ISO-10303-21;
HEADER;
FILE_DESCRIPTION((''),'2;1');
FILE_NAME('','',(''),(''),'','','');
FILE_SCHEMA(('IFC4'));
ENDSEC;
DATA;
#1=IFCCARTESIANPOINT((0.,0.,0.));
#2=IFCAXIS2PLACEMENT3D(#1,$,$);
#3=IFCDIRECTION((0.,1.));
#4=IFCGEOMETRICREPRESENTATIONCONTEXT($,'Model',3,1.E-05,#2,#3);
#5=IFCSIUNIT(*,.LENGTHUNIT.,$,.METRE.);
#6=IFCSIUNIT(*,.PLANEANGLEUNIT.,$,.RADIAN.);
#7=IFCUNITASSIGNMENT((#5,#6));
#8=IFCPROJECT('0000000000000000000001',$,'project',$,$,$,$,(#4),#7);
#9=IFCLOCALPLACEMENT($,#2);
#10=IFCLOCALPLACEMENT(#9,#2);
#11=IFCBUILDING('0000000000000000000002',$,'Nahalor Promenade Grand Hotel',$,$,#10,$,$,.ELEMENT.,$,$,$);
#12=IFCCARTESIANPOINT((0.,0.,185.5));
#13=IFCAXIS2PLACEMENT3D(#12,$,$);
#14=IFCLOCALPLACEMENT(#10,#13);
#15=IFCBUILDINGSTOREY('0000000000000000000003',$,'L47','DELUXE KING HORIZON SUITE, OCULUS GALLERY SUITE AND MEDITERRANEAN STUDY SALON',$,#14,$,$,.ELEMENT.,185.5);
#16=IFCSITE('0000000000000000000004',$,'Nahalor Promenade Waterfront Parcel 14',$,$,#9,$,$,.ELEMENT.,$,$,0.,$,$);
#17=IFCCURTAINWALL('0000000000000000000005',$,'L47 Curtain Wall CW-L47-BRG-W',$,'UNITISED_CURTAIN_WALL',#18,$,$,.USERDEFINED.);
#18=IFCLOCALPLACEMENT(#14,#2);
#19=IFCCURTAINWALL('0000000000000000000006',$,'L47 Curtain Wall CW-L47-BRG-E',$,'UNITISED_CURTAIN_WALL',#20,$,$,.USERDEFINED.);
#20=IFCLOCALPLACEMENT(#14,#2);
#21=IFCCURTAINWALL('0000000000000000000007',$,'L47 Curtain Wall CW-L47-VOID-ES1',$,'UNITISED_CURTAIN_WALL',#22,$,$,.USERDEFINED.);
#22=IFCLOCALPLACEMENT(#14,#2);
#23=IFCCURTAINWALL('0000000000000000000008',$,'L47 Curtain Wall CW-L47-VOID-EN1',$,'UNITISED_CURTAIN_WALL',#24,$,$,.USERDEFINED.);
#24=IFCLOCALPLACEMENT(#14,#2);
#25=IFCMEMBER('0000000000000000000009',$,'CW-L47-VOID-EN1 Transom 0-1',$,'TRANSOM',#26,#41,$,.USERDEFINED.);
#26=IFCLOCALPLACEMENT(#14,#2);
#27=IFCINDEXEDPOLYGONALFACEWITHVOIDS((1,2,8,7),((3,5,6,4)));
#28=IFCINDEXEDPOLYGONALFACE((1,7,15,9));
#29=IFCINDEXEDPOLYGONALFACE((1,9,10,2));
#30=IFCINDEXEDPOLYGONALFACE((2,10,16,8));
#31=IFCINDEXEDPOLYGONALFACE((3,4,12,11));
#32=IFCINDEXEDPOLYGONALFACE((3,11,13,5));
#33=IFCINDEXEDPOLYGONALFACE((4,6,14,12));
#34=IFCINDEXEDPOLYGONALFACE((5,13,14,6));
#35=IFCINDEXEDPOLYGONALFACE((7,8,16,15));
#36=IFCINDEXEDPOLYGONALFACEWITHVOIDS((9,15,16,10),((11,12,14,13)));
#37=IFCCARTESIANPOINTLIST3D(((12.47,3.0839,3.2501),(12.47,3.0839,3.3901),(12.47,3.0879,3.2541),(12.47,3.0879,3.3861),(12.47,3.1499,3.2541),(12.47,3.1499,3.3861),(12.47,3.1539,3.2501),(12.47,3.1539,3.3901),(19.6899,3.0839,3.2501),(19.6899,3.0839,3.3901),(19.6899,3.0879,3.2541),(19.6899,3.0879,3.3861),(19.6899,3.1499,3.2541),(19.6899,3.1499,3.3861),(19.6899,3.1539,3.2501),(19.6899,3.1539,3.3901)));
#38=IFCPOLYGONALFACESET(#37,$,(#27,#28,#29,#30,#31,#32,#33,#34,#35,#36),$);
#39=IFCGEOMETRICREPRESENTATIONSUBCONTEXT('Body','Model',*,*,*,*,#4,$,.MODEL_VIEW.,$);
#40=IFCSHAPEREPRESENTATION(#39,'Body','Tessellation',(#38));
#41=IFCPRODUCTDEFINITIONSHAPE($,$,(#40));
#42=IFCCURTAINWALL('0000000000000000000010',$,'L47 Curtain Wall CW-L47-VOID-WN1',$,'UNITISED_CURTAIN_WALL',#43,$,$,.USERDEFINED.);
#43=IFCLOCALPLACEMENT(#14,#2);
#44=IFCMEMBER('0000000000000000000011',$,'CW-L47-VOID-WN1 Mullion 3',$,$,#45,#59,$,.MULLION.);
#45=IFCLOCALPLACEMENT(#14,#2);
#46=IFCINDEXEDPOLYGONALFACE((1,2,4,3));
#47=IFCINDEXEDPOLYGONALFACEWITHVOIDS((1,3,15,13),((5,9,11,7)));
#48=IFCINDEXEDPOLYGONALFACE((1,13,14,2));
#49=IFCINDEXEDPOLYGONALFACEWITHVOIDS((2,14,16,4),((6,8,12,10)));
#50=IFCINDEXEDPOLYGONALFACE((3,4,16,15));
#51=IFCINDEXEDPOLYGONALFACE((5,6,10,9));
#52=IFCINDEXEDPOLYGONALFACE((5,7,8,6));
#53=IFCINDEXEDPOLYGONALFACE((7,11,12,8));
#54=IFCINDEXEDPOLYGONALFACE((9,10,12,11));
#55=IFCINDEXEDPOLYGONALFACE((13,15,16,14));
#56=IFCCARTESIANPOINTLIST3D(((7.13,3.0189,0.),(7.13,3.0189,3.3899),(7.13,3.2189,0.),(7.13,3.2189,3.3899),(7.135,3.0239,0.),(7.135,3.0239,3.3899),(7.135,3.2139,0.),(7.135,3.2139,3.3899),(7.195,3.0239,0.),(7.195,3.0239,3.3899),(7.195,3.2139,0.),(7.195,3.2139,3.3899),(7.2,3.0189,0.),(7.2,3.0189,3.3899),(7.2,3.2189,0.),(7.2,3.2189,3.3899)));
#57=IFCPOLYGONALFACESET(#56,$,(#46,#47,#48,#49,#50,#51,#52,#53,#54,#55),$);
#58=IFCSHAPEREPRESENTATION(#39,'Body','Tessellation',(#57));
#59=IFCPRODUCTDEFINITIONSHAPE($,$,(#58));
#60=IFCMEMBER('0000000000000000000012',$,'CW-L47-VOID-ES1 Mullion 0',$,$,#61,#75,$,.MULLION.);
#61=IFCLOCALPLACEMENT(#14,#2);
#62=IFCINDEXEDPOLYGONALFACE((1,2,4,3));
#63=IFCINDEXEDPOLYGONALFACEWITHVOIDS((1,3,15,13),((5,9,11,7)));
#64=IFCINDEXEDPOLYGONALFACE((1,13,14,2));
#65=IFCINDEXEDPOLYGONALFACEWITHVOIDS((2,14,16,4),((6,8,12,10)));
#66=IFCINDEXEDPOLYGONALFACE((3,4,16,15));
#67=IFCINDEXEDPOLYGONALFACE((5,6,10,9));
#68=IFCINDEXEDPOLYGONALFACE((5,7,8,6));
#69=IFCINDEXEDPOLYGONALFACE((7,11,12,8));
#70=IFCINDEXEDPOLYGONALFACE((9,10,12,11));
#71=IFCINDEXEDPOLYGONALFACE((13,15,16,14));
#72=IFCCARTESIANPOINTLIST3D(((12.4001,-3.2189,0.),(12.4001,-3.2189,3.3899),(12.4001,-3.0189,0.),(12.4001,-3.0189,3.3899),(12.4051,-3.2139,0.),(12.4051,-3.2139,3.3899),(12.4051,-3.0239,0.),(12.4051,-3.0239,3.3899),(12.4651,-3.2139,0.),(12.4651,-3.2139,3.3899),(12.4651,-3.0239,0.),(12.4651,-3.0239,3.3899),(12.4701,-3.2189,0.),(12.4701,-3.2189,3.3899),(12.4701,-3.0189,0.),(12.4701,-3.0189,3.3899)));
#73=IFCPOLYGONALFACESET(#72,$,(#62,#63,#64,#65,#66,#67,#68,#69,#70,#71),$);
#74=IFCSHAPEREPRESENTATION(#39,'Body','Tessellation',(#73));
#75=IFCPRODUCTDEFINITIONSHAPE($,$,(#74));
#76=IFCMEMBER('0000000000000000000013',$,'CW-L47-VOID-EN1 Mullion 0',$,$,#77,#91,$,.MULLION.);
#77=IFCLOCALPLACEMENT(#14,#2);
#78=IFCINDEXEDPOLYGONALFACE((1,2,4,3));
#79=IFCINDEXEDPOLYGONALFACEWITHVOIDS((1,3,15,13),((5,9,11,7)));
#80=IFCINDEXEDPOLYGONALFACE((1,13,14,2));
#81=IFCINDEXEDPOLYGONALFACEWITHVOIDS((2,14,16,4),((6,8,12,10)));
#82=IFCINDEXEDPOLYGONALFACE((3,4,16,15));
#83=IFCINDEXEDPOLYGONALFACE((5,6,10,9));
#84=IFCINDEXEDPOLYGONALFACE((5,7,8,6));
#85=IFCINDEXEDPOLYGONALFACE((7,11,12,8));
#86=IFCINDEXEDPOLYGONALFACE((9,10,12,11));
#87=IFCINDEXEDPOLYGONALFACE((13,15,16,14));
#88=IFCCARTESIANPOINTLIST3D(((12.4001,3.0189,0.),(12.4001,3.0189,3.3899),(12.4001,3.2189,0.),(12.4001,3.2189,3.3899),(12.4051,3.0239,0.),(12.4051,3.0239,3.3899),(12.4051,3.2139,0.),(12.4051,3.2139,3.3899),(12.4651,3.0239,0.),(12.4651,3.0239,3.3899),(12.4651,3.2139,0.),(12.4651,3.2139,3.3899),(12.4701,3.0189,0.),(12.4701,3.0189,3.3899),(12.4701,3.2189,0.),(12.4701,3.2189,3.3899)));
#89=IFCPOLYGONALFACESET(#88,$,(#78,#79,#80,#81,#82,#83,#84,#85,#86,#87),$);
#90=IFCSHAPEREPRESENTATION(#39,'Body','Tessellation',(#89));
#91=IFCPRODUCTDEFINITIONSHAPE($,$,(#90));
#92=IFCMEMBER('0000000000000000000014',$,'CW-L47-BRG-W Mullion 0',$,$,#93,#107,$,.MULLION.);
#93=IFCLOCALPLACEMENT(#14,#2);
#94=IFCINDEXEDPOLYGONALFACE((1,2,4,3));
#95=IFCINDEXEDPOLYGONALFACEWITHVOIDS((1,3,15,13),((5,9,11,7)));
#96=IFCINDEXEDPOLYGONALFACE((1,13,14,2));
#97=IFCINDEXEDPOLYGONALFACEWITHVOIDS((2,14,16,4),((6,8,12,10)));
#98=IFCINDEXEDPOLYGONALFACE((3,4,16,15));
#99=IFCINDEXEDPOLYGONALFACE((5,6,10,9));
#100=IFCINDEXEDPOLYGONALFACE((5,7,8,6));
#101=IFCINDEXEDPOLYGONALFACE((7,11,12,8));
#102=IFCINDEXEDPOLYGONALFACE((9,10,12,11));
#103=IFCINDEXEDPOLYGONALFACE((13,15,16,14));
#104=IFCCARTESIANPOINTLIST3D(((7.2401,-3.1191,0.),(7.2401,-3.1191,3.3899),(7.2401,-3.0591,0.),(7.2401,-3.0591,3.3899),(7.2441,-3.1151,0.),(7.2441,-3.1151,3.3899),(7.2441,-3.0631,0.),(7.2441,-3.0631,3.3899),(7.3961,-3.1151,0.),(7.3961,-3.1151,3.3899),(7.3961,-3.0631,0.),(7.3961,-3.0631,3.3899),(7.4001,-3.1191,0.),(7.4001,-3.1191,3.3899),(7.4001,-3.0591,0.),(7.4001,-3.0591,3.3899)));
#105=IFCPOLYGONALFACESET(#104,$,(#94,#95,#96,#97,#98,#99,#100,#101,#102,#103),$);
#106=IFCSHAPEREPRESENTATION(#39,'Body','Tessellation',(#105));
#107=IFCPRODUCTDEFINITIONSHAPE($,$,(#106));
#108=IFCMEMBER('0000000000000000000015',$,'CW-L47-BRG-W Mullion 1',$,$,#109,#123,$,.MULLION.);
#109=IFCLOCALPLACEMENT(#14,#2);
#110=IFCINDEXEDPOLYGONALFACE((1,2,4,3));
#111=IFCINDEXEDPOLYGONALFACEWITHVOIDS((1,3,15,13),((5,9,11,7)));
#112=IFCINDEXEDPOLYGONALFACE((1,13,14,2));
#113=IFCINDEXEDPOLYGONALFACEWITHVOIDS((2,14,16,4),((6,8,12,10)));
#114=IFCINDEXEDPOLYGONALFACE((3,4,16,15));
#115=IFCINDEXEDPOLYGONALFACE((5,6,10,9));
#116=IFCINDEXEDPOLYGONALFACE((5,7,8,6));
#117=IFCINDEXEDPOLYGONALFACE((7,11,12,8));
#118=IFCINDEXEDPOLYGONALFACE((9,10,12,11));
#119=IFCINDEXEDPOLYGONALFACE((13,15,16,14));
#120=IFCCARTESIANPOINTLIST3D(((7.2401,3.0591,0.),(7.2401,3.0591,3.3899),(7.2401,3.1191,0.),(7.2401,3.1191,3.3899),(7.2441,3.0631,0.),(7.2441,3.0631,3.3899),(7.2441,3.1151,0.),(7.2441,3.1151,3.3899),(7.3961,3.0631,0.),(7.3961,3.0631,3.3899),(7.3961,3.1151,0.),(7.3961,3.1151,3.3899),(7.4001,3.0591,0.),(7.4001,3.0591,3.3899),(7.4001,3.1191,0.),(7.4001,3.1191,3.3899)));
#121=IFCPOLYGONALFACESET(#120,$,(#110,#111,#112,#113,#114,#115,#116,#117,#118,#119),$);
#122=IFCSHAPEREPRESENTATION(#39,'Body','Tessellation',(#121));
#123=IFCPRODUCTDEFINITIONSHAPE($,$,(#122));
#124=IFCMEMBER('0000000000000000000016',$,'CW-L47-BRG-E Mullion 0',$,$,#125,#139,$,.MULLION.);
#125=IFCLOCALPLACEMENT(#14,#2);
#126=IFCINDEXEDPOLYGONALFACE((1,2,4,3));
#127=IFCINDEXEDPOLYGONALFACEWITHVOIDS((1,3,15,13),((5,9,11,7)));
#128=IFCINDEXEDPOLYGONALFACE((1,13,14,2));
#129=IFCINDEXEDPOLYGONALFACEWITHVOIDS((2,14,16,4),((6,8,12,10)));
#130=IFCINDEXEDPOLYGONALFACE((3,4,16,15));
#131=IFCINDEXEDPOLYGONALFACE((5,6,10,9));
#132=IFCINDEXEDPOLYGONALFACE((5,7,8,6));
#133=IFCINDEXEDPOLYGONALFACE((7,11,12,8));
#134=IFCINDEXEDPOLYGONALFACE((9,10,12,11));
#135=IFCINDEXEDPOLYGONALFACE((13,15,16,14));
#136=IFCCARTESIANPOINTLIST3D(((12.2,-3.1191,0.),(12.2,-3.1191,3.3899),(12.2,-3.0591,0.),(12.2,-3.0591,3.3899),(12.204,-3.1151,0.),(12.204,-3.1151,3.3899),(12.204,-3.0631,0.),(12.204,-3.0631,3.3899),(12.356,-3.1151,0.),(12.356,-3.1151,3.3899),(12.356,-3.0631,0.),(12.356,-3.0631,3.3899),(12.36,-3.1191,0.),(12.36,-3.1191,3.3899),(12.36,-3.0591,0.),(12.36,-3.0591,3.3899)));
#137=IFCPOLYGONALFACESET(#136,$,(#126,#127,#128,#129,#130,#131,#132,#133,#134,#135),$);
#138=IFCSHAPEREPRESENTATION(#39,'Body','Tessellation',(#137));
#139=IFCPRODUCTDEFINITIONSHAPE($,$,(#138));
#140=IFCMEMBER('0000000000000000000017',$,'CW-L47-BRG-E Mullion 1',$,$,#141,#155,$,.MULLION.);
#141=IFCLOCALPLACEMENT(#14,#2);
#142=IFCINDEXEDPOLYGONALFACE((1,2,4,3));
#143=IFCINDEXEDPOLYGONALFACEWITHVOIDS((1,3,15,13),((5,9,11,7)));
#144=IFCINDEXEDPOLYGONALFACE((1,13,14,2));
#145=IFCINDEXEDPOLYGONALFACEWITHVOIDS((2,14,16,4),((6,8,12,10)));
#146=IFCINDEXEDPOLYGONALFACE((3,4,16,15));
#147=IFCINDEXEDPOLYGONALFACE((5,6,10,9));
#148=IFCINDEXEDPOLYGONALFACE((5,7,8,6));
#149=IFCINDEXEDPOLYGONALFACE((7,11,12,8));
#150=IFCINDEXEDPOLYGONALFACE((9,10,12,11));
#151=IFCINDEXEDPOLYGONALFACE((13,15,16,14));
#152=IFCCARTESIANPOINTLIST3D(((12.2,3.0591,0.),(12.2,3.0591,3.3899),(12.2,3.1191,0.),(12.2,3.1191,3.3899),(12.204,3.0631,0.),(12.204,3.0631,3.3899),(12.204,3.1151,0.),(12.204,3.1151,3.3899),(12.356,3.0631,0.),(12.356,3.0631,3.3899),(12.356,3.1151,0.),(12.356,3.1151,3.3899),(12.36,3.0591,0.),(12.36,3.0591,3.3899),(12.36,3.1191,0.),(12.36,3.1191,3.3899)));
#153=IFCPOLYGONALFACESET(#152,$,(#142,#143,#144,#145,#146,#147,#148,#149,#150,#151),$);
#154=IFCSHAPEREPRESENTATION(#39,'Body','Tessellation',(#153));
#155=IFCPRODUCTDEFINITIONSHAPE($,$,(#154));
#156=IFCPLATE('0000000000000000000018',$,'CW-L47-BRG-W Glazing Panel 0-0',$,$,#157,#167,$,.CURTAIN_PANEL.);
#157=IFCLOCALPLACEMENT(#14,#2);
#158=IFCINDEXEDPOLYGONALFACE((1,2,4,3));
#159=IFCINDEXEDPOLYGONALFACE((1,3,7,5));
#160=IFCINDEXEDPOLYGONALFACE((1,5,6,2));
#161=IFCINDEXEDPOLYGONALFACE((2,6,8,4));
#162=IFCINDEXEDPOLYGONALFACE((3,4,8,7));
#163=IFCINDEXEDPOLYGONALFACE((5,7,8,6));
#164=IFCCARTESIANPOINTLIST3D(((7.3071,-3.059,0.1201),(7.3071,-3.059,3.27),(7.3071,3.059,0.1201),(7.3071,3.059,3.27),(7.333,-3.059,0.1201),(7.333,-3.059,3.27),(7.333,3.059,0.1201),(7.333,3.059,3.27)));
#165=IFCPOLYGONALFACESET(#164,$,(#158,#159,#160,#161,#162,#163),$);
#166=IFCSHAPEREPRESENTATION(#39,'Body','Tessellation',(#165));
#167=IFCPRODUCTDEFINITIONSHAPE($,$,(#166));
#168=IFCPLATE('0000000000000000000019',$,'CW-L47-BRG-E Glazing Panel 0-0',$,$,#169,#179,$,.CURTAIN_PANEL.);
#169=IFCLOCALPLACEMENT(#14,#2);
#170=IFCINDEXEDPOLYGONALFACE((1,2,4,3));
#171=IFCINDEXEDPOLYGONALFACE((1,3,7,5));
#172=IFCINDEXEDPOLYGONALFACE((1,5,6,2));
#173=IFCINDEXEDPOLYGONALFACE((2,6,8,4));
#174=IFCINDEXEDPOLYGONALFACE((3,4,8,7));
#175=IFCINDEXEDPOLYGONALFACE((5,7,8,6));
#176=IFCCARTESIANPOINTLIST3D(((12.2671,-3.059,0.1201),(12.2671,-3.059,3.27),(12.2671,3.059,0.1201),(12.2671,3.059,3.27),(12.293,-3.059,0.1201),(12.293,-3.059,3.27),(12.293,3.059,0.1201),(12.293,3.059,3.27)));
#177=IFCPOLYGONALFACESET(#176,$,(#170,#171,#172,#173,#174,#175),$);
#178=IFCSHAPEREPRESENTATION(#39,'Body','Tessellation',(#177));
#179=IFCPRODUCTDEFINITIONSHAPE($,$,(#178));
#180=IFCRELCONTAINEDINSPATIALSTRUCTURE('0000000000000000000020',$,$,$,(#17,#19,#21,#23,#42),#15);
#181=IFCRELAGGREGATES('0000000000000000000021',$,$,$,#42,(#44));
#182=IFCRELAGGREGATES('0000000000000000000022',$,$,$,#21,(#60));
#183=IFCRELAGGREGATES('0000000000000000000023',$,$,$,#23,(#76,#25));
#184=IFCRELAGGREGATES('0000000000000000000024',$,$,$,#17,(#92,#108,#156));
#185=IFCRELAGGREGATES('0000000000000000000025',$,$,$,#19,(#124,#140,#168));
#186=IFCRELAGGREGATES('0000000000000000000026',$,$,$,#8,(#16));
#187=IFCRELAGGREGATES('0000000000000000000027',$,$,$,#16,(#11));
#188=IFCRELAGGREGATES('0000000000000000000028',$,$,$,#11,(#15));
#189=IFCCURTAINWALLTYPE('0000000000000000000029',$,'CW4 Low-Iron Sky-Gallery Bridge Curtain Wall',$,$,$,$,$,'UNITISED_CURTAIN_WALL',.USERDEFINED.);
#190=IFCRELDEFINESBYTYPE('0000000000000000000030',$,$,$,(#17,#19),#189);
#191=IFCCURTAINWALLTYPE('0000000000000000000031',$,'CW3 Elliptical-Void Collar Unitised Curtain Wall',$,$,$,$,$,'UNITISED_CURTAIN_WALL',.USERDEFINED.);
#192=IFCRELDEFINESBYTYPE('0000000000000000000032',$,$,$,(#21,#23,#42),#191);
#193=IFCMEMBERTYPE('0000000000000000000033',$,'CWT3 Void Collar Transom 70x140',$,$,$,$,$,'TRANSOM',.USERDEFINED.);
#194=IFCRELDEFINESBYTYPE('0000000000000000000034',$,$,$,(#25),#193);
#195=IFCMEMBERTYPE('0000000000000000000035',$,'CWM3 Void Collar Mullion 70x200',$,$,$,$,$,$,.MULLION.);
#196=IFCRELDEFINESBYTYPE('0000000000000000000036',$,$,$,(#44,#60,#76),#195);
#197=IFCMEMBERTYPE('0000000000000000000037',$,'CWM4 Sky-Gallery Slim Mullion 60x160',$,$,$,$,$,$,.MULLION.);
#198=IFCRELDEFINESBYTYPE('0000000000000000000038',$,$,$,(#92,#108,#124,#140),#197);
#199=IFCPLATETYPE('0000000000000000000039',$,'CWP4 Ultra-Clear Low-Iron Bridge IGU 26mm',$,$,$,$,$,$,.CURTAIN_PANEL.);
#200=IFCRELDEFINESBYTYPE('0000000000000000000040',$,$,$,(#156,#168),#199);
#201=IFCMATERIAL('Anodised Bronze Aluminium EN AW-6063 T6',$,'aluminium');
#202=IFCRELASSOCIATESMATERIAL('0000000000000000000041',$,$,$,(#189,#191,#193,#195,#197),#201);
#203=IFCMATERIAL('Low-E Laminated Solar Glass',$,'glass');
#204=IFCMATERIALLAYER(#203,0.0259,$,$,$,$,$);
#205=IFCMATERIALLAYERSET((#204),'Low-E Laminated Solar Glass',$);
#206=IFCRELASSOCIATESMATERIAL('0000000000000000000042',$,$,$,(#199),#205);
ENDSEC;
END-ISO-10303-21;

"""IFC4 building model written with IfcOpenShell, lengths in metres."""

from ifc_helpers import new_model, si_unit, direction, frame, origin, origin_2d, place, context, subcontext, project, spatial, rectangle, hollow_rectangle, extrude, source, transform, mapped, material, layer, layer_set, material_profile, profile_set, type_object, element, aggregate, save


model = new_model("IFC4")

# Units and contexts
model_context = context("Model", 3, precision=1e-05, world=origin(), true_north=direction((0.0, 1.0)))
body_context = subcontext(model_context, "Body", "Model", "MODEL_VIEW")
ifc_project = project(units=[si_unit("LENGTHUNIT", "METRE"), si_unit("PLANEANGLEUNIT", "RADIAN")], contexts=[model_context])

# Site, building, storey
site_placement = place(None, origin())
site = spatial("IfcSite", under=ifc_project, at=site_placement, Name="Nahalor Promenade Waterfront Parcel 14", CompositionType="ELEMENT", RefElevation=0.0)
building_placement = place(site_placement, origin())
building = spatial("IfcBuilding", under=site, at=building_placement, Name="Nahalor Promenade Grand Hotel", CompositionType="ELEMENT")
storey_placement = place(building_placement, frame((0.0, 0.0, 185.5)))
storey = spatial("IfcBuildingStorey", under=building, at=storey_placement, Name="L47", Description="DELUXE KING HORIZON SUITE, OCULUS GALLERY SUITE AND MEDITERRANEAN STUDY SALON", CompositionType="ELEMENT", Elevation=185.5)

# Curtain walls, member
ifc_material_1 = material(Name="Anodised Bronze Aluminium EN AW-6063 T6", Category="aluminium")
curtain_wall_type_1 = type_object("IfcCurtainWallType", Name="CW4 Low-Iron Sky-Gallery Bridge Curtain Wall", ElementType="UNITISED_CURTAIN_WALL", PredefinedType="USERDEFINED", material=ifc_material_1)
curtain_wall_1_placement = place(storey_placement, origin())
curtain_wall_1 = element("IfcCurtainWall", 1, at=curtain_wall_1_placement, inside=storey, type_object=curtain_wall_type_1, Name="L47 Curtain Wall CW-L47-BRG-W", ObjectType="UNITISED_CURTAIN_WALL", PredefinedType="USERDEFINED")
curtain_wall_2_placement = place(storey_placement, origin())
curtain_wall_2 = element("IfcCurtainWall", 2, at=curtain_wall_2_placement, inside=storey, type_object=curtain_wall_type_1, Name="L47 Curtain Wall CW-L47-BRG-E", ObjectType="UNITISED_CURTAIN_WALL", PredefinedType="USERDEFINED")
curtain_wall_type_2 = type_object("IfcCurtainWallType", Name="CW3 Elliptical-Void Collar Unitised Curtain Wall", ElementType="UNITISED_CURTAIN_WALL", PredefinedType="USERDEFINED", material=ifc_material_1)
curtain_wall_3_placement = place(storey_placement, origin())
curtain_wall_3 = element("IfcCurtainWall", 3, at=curtain_wall_3_placement, inside=storey, type_object=curtain_wall_type_2, Name="L47 Curtain Wall CW-L47-VOID-ES1", ObjectType="UNITISED_CURTAIN_WALL", PredefinedType="USERDEFINED")
ifc_material_profile_1 = material_profile(ifc_material_1, hollow_rectangle(XDim=0.07, YDim=0.14, WallThickness=0.004, at=origin_2d()), Name="CWT 70x140x4")
ifc_profile_set_1 = profile_set([ifc_material_profile_1], Name="Anodised Bronze Aluminium EN AW-6063 T6")
member_type_1 = type_object("IfcMemberType", Name="CWT3 Void Collar Transom 70x140", ElementType="TRANSOM", PredefinedType="USERDEFINED", material=ifc_profile_set_1)
shared_shape_1 = source(origin(), body_context, "Body", "SweptSolid", [
    extrude(hollow_rectangle(XDim=0.07, YDim=0.14, WallThickness=0.004, at=origin_2d()), origin(), (0.0, 0.0, 1.0), 7.22),
])
curtain_wall_4_placement = place(storey_placement, origin())
curtain_wall_4 = element("IfcCurtainWall", 4, at=curtain_wall_4_placement, inside=storey, type_object=curtain_wall_type_2, Name="L47 Curtain Wall CW-L47-VOID-EN1", ObjectType="UNITISED_CURTAIN_WALL", PredefinedType="USERDEFINED")
member_1_placement = place(storey_placement, frame((12.47, 3.1189, 3.3201), z_axis=(1.0, 0.0, 0.0), x_axis=(0.0, 1.0, 0.0)))
member_1 = element("IfcMember", 5, at=member_1_placement, type_object=member_type_1, Name="CW-L47-VOID-EN1 Transom 0-1", ObjectType="TRANSOM", PredefinedType="USERDEFINED", context=body_context, shape_type="MappedRepresentation", body=[
    mapped(shared_shape_1, transform((0.0, 0.0, 0.0), scale=1.0)),
])

# Curtain wall, member
curtain_wall_5_placement = place(storey_placement, origin())
curtain_wall_5 = element("IfcCurtainWall", 6, at=curtain_wall_5_placement, inside=storey, type_object=curtain_wall_type_2, Name="L47 Curtain Wall CW-L47-VOID-WN1", ObjectType="UNITISED_CURTAIN_WALL", PredefinedType="USERDEFINED")
ifc_material_profile_2 = material_profile(ifc_material_1, hollow_rectangle(XDim=0.07, YDim=0.2, WallThickness=0.005, at=origin_2d()), Name="CWM 70x200x5")
ifc_profile_set_2 = profile_set([ifc_material_profile_2], Name="Anodised Bronze Aluminium EN AW-6063 T6")
member_type_2 = type_object("IfcMemberType", Name="CWM3 Void Collar Mullion 70x200", PredefinedType="MULLION", material=ifc_profile_set_2)
shared_shape_2 = source(origin(), body_context, "Body", "SweptSolid", [
    extrude(hollow_rectangle(XDim=0.07, YDim=0.2, WallThickness=0.005, at=origin_2d()), origin(), (0.0, 0.0, 1.0), 3.3899),
])
member_2_placement = place(storey_placement, frame((7.165, 3.1189, 0.0), z_axis=(0.0, 0.0, 1.0), x_axis=(1.0, 0.0, 0.0)))
member_2 = element("IfcMember", 7, at=member_2_placement, type_object=member_type_2, Name="CW-L47-VOID-WN1 Mullion 3", PredefinedType="MULLION", context=body_context, shape_type="MappedRepresentation", body=[
    mapped(shared_shape_2, transform((0.0, 0.0, 0.0), scale=1.0)),
])
aggregate(curtain_wall_5, [member_2])

# Members
member_3_placement = place(storey_placement, frame((12.4351, -3.1189, 0.0), z_axis=(0.0, 0.0, 1.0), x_axis=(1.0, 0.0, 0.0)))
member_3 = element("IfcMember", 8, at=member_3_placement, type_object=member_type_2, Name="CW-L47-VOID-ES1 Mullion 0", PredefinedType="MULLION", context=body_context, shape_type="MappedRepresentation", body=[
    mapped(shared_shape_2, transform((0.0, 0.0, 0.0), scale=1.0)),
])
aggregate(curtain_wall_3, [member_3])
member_4_placement = place(storey_placement, frame((12.4351, 3.1189, 0.0), z_axis=(0.0, 0.0, 1.0), x_axis=(1.0, 0.0, 0.0)))
member_4 = element("IfcMember", 9, at=member_4_placement, type_object=member_type_2, Name="CW-L47-VOID-EN1 Mullion 0", PredefinedType="MULLION", context=body_context, shape_type="MappedRepresentation", body=[
    mapped(shared_shape_2, transform((0.0, 0.0, 0.0), scale=1.0)),
])
aggregate(curtain_wall_4, [member_4, member_1])
ifc_material_profile_3 = material_profile(ifc_material_1, hollow_rectangle(XDim=0.06, YDim=0.16, WallThickness=0.004, at=origin_2d()), Name="CWM 60x160x4")
ifc_profile_set_3 = profile_set([ifc_material_profile_3], Name="Anodised Bronze Aluminium EN AW-6063 T6")
member_type_3 = type_object("IfcMemberType", Name="CWM4 Sky-Gallery Slim Mullion 60x160", PredefinedType="MULLION", material=ifc_profile_set_3)
shared_shape_3 = source(origin(), body_context, "Body", "SweptSolid", [
    extrude(hollow_rectangle(XDim=0.06, YDim=0.16, WallThickness=0.004, at=origin_2d()), origin(), (0.0, 0.0, 1.0), 3.3899),
])
member_5_placement = place(storey_placement, frame((7.3201, -3.0891, 0.0), z_axis=(0.0, 0.0, 1.0), x_axis=(0.0, 1.0, 0.0)))
member_5 = element("IfcMember", 10, at=member_5_placement, type_object=member_type_3, Name="CW-L47-BRG-W Mullion 0", PredefinedType="MULLION", context=body_context, shape_type="MappedRepresentation", body=[
    mapped(shared_shape_3, transform((0.0, 0.0, 0.0), scale=1.0)),
])
member_6_placement = place(storey_placement, frame((7.3201, 3.0891, 0.0), z_axis=(0.0, 0.0, 1.0), x_axis=(0.0, 1.0, 0.0)))
member_6 = element("IfcMember", 11, at=member_6_placement, type_object=member_type_3, Name="CW-L47-BRG-W Mullion 1", PredefinedType="MULLION", context=body_context, shape_type="MappedRepresentation", body=[
    mapped(shared_shape_3, transform((0.0, 0.0, 0.0), scale=1.0)),
])
member_7_placement = place(storey_placement, frame((12.28, -3.0891, 0.0), z_axis=(0.0, 0.0, 1.0), x_axis=(0.0, 1.0, 0.0)))
member_7 = element("IfcMember", 12, at=member_7_placement, type_object=member_type_3, Name="CW-L47-BRG-E Mullion 0", PredefinedType="MULLION", context=body_context, shape_type="MappedRepresentation", body=[
    mapped(shared_shape_3, transform((0.0, 0.0, 0.0), scale=1.0)),
])
member_8_placement = place(storey_placement, frame((12.28, 3.0891, 0.0), z_axis=(0.0, 0.0, 1.0), x_axis=(0.0, 1.0, 0.0)))
member_8 = element("IfcMember", 13, at=member_8_placement, type_object=member_type_3, Name="CW-L47-BRG-E Mullion 1", PredefinedType="MULLION", context=body_context, shape_type="MappedRepresentation", body=[
    mapped(shared_shape_3, transform((0.0, 0.0, 0.0), scale=1.0)),
])

# Plates
ifc_material_2 = material(Name="Low-E Laminated Solar Glass", Category="glass")
ifc_layer_1 = layer(ifc_material_2, 0.0259)
ifc_layer_set_1 = layer_set([ifc_layer_1], Name="Low-E Laminated Solar Glass")
plate_type = type_object("IfcPlateType", Name="CWP4 Ultra-Clear Low-Iron Bridge IGU 26mm", PredefinedType="CURTAIN_PANEL", material=ifc_layer_set_1)
shared_shape_4 = source(origin(), body_context, "Body", "SweptSolid", [
    extrude(rectangle(XDim=6.1179, YDim=0.0259, at=origin_2d()), origin(), (0.0, 0.0, 1.0), 3.1499),
])
plate_1_placement = place(storey_placement, frame((7.3201, 0.0, 0.1201), z_axis=(0.0, 0.0, 1.0), x_axis=(0.0, 1.0, 0.0)))
plate_1 = element("IfcPlate", 14, at=plate_1_placement, type_object=plate_type, Name="CW-L47-BRG-W Glazing Panel 0-0", PredefinedType="CURTAIN_PANEL", context=body_context, shape_type="MappedRepresentation", body=[
    mapped(shared_shape_4, transform((0.0, 0.0, 0.0), scale=1.0)),
])
aggregate(curtain_wall_1, [member_5, member_6, plate_1])
plate_2_placement = place(storey_placement, frame((12.28, 0.0, 0.1201), z_axis=(0.0, 0.0, 1.0), x_axis=(0.0, 1.0, 0.0)))
plate_2 = element("IfcPlate", 15, at=plate_2_placement, type_object=plate_type, Name="CW-L47-BRG-E Glazing Panel 0-0", PredefinedType="CURTAIN_PANEL", context=body_context, shape_type="MappedRepresentation", body=[
    mapped(shared_shape_4, transform((0.0, 0.0, 0.0), scale=1.0)),
])
aggregate(curtain_wall_2, [member_7, member_8, plate_2])

save(model, "model.ifc")
